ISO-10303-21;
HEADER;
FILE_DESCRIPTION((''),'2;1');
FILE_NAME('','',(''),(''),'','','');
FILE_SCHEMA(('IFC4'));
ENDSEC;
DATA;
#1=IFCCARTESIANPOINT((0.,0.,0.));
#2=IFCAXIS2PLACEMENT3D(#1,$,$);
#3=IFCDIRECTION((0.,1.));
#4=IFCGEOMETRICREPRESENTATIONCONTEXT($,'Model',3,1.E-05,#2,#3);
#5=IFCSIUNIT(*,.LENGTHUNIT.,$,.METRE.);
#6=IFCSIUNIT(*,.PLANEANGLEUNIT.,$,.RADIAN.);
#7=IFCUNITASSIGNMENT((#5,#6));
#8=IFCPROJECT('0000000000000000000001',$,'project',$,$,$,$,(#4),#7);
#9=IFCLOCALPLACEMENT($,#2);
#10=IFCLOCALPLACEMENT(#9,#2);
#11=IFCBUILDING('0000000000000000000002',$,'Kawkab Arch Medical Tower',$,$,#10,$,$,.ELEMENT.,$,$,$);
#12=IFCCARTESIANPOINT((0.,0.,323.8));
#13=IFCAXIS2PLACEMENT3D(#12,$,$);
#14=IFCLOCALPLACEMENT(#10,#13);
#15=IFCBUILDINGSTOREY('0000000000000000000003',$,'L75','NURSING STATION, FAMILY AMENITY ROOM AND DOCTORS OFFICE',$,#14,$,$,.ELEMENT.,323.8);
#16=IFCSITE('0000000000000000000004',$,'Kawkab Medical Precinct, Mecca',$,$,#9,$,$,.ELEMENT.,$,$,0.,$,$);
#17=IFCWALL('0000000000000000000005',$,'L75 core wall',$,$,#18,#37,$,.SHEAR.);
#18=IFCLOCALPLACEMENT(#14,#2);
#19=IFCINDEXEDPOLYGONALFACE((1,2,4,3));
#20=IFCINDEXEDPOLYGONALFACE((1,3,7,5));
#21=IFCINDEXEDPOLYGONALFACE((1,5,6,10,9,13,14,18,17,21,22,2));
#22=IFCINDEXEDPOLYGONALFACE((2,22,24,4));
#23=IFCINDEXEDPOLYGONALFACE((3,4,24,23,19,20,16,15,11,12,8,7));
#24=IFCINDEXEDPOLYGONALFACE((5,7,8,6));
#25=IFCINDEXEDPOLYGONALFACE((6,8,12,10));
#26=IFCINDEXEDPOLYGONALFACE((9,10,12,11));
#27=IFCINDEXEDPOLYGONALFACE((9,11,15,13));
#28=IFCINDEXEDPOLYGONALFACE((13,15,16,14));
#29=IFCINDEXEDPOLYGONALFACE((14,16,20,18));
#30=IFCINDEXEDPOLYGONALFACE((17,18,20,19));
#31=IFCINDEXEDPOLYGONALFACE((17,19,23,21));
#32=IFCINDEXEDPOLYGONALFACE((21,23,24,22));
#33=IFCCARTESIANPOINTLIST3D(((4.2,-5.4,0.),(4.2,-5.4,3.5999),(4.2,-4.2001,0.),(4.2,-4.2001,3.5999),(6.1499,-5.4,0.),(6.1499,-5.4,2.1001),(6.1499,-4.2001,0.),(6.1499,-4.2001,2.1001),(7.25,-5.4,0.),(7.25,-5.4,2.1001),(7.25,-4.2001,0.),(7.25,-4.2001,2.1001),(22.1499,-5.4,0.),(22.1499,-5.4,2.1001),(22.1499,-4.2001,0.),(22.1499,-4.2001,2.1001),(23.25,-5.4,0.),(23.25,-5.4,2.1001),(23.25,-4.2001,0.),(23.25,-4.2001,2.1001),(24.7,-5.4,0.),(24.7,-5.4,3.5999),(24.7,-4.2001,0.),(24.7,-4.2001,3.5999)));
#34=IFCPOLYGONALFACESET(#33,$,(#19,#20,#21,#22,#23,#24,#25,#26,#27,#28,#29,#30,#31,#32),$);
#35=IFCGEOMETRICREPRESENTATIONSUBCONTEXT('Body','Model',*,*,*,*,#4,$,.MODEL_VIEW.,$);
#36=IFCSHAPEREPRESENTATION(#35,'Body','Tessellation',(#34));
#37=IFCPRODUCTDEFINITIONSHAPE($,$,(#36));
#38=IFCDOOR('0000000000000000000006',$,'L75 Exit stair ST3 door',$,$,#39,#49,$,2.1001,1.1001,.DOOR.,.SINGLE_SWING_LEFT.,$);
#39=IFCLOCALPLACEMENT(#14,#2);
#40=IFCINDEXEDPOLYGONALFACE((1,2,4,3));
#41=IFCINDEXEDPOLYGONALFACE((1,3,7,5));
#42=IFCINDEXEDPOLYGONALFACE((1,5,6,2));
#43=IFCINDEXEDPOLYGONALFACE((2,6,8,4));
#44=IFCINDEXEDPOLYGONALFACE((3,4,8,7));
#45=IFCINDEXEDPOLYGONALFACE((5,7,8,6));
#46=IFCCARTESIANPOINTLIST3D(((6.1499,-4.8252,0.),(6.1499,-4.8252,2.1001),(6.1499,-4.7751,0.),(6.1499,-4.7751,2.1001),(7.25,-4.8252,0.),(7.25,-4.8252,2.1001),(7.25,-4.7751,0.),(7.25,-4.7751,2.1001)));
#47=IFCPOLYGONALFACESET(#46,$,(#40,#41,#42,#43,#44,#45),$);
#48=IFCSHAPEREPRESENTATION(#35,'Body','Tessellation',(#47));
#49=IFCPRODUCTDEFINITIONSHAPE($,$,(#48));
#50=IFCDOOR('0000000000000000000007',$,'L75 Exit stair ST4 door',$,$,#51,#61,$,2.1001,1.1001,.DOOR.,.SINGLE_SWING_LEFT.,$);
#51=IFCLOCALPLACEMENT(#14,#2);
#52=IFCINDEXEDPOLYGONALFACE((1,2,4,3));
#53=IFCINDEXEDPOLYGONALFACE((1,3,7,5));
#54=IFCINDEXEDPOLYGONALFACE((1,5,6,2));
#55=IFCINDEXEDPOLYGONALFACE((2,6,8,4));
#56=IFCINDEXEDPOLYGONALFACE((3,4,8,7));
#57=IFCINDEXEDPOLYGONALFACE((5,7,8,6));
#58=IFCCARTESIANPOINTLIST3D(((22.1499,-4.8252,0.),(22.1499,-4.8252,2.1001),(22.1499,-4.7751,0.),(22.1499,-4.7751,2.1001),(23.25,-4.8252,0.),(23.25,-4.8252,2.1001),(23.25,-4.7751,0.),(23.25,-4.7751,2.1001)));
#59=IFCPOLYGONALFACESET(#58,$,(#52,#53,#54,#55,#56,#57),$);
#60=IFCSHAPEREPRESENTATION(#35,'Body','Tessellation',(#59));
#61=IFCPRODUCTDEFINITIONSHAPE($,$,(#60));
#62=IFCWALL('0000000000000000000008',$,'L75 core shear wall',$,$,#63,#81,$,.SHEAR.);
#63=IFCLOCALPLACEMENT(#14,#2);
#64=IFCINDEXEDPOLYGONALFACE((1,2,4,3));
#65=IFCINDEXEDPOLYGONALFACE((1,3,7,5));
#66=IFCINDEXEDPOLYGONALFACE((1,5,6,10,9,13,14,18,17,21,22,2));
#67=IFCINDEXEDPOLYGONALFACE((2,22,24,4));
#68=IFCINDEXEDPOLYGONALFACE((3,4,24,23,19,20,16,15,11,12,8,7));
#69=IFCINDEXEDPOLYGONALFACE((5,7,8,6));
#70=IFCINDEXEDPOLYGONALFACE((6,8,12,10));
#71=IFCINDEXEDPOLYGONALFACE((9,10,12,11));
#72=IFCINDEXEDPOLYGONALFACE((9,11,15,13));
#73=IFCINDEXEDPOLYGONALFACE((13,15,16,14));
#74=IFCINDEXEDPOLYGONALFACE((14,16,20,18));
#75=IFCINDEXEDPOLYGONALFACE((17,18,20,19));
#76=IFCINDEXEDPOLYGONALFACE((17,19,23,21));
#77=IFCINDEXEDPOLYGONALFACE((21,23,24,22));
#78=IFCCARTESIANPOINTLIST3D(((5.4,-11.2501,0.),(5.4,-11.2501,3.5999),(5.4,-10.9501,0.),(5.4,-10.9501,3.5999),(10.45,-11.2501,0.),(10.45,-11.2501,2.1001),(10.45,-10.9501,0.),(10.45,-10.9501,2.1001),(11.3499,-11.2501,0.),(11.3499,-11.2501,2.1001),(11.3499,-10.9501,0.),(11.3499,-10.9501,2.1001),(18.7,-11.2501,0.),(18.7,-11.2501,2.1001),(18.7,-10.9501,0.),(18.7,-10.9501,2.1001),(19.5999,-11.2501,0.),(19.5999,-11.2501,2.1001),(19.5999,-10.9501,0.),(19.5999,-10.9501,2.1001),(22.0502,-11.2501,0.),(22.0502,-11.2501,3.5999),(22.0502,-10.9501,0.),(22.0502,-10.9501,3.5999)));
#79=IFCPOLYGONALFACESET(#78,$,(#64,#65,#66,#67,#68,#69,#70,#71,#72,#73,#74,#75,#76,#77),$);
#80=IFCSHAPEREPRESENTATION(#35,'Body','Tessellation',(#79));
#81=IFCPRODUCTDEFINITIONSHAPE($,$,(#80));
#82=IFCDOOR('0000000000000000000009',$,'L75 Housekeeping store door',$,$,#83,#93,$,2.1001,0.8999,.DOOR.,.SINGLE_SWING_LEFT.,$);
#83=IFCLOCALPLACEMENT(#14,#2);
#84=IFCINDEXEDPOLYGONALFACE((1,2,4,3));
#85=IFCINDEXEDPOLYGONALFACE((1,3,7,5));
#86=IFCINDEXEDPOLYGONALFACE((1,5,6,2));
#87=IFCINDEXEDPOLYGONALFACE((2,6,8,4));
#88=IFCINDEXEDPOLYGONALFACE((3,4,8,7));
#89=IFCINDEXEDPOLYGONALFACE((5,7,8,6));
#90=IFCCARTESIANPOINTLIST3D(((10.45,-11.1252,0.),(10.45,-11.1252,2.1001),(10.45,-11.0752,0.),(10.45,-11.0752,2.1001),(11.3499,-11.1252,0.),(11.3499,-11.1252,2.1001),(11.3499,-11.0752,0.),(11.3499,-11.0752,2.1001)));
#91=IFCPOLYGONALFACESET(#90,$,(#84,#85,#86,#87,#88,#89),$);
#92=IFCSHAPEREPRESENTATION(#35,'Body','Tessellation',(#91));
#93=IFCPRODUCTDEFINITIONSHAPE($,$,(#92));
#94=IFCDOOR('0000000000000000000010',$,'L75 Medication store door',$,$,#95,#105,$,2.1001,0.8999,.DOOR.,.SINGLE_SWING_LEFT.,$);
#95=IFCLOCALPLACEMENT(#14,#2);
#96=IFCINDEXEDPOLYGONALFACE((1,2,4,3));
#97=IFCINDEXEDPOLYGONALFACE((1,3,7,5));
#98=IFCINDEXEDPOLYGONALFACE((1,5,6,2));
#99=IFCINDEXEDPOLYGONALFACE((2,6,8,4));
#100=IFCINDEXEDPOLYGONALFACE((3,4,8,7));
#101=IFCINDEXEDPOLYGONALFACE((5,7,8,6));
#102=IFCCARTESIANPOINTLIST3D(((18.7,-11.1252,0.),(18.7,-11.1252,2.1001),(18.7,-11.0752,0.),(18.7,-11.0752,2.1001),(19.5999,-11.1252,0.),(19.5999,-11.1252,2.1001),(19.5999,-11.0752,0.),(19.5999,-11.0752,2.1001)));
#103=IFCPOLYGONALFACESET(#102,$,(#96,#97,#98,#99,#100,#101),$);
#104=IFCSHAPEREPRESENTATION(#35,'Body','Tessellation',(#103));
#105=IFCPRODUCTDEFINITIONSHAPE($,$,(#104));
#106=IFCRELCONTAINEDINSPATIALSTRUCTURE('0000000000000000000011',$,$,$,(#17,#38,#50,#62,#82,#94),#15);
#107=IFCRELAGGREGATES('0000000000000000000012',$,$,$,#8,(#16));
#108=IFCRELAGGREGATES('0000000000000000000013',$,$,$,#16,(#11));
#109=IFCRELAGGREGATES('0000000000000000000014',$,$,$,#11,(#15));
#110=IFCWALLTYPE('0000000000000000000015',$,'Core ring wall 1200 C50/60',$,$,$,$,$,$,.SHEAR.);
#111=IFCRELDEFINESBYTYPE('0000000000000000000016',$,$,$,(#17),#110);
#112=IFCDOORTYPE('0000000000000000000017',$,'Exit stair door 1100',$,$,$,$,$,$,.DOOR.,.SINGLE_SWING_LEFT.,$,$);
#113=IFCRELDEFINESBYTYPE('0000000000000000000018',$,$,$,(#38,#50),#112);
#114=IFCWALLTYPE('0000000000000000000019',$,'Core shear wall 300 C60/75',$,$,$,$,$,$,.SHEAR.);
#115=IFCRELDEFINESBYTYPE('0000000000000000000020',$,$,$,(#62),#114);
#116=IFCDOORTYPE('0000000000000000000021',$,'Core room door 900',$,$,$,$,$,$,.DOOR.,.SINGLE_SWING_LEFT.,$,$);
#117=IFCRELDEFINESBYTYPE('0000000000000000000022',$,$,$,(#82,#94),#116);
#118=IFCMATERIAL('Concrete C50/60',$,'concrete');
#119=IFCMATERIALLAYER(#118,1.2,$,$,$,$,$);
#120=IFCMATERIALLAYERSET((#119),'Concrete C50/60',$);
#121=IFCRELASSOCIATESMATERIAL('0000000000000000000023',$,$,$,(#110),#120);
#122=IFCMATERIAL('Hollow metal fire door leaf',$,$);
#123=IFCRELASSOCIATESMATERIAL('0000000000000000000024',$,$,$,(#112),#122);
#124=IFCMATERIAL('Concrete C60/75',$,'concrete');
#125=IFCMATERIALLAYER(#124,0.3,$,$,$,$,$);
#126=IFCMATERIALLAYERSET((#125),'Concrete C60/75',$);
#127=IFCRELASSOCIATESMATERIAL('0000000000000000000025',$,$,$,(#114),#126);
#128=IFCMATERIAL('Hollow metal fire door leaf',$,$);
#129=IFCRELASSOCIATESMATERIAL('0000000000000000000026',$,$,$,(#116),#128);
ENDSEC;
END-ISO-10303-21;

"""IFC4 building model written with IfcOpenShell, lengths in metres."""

from ifc_helpers import new_model, si_unit, direction, frame, frame_2d, origin, place, context, subcontext, project, spatial, rectangle, extrude, material, layer, layer_set, type_object, element, fill, save


model = new_model("IFC4")

# Units and contexts
model_context = context("Model", 3, precision=1e-05, world=origin(), true_north=direction((0.0, 1.0)))
body_context = subcontext(model_context, "Body", "Model", "MODEL_VIEW")
ifc_project = project(units=[si_unit("LENGTHUNIT", "METRE"), si_unit("PLANEANGLEUNIT", "RADIAN")], contexts=[model_context])

# Site, building, storey
site_placement = place(None, origin())
site = spatial("IfcSite", under=ifc_project, at=site_placement, Name="Kawkab Medical Precinct, Mecca", CompositionType="ELEMENT", RefElevation=0.0)
building_placement = place(site_placement, origin())
building = spatial("IfcBuilding", under=site, at=building_placement, Name="Kawkab Arch Medical Tower", CompositionType="ELEMENT")
storey_placement = place(building_placement, frame((0.0, 0.0, 323.8)))
storey = spatial("IfcBuildingStorey", under=building, at=storey_placement, Name="L75", Description="NURSING STATION, FAMILY AMENITY ROOM AND DOCTORS OFFICE", CompositionType="ELEMENT", Elevation=323.8)

# Walls, openings, doors
ifc_material_1 = material(Name="Concrete C50/60", Category="concrete")
ifc_layer_1 = layer(ifc_material_1, 1.2)
ifc_layer_set_1 = layer_set([ifc_layer_1], Name="Concrete C50/60")
wall_type_1 = type_object("IfcWallType", Name="Core ring wall 1200 C50/60", PredefinedType="SHEAR", material=ifc_layer_set_1)
wall_1_placement = place(storey_placement, frame((4.2, -4.8, 0.0), z_axis=(0.0, 0.0, 1.0), x_axis=(1.0, 0.0, 0.0)))
wall_1 = element("IfcWall", 1, at=wall_1_placement, inside=storey, type_object=wall_type_1, Name="L75 core wall", PredefinedType="SHEAR", context=body_context, shape_type="SweptSolid", body=[
    extrude(rectangle(XDim=20.5, YDim=1.2, at=frame_2d((10.25, 0.0))), origin(), (0.0, 0.0, 1.0), 3.5999),
])
opening_1_placement = place(wall_1_placement, frame((1.95, 0.0, 0.0)))
opening_1 = element("IfcOpeningElement", 2, at=opening_1_placement, cuts=wall_1, PredefinedType="OPENING", context=body_context, shape_type="SweptSolid", body=[
    extrude(rectangle(XDim=1.1001, YDim=2.1001, at=frame_2d((0.55, 1.05))), frame((0.0, 0.6099, 0.0), z_axis=(0.0, -1.0, 0.0), x_axis=(1.0, 0.0, 0.0)), (0.0, 0.0, 1.0), 1.22),
])
opening_2_placement = place(wall_1_placement, frame((17.95, 0.0, 0.0)))
opening_2 = element("IfcOpeningElement", 3, at=opening_2_placement, cuts=wall_1, PredefinedType="OPENING", context=body_context, shape_type="SweptSolid", body=[
    extrude(rectangle(XDim=1.1001, YDim=2.1001, at=frame_2d((0.55, 1.05))), frame((0.0, 0.6099, 0.0), z_axis=(0.0, -1.0, 0.0), x_axis=(1.0, 0.0, 0.0)), (0.0, 0.0, 1.0), 1.22),
])
ifc_material_2 = material(Name="Hollow metal fire door leaf")
door_type_1 = type_object("IfcDoorType", Name="Exit stair door 1100", OperationType="SINGLE_SWING_LEFT", PredefinedType="DOOR", material=ifc_material_2)
door_1_placement = place(opening_1_placement, origin())
door_1 = element("IfcDoor", 4, at=door_1_placement, inside=storey, type_object=door_type_1, Name="L75 Exit stair ST3 door", OperationType="SINGLE_SWING_LEFT", OverallHeight=2.1001, OverallWidth=1.1001, PredefinedType="DOOR", context=body_context, shape_type="SweptSolid", body=[
    extrude(rectangle(XDim=1.1001, YDim=2.1001, at=frame_2d((0.55, 1.05))), frame((0.0, 0.0249, 0.0), z_axis=(0.0, -1.0, 0.0), x_axis=(1.0, 0.0, 0.0)), (0.0, 0.0, 1.0), 0.05),
])
fill(opening_1, door_1)
door_2_placement = place(opening_2_placement, origin())
door_2 = element("IfcDoor", 5, at=door_2_placement, inside=storey, type_object=door_type_1, Name="L75 Exit stair ST4 door", OperationType="SINGLE_SWING_LEFT", OverallHeight=2.1001, OverallWidth=1.1001, PredefinedType="DOOR", context=body_context, shape_type="SweptSolid", body=[
    extrude(rectangle(XDim=1.1001, YDim=2.1001, at=frame_2d((0.55, 1.05))), frame((0.0, 0.0249, 0.0), z_axis=(0.0, -1.0, 0.0), x_axis=(1.0, 0.0, 0.0)), (0.0, 0.0, 1.0), 0.05),
])
fill(opening_2, door_2)
ifc_material_3 = material(Name="Concrete C60/75", Category="concrete")
ifc_layer_2 = layer(ifc_material_3, 0.3)
ifc_layer_set_2 = layer_set([ifc_layer_2], Name="Concrete C60/75")
wall_type_2 = type_object("IfcWallType", Name="Core shear wall 300 C60/75", PredefinedType="SHEAR", material=ifc_layer_set_2)
wall_2_placement = place(storey_placement, frame((5.3999, -11.1001, 0.0), z_axis=(0.0, 0.0, 1.0), x_axis=(1.0, 0.0, 0.0)))
wall_2 = element("IfcWall", 6, at=wall_2_placement, inside=storey, type_object=wall_type_2, Name="L75 core shear wall", PredefinedType="SHEAR", context=body_context, shape_type="SweptSolid", body=[
    extrude(rectangle(XDim=16.6501, YDim=0.3, at=frame_2d((8.3252, 0.0))), origin(), (0.0, 0.0, 1.0), 3.5999),
])
opening_3_placement = place(wall_2_placement, frame((5.05, 0.0, 0.0)))
opening_3 = element("IfcOpeningElement", 7, at=opening_3_placement, cuts=wall_2, PredefinedType="OPENING", context=body_context, shape_type="SweptSolid", body=[
    extrude(rectangle(XDim=0.8999, YDim=2.1001, at=frame_2d((0.45, 1.05))), frame((0.0, 0.1599, 0.0), z_axis=(0.0, -1.0, 0.0), x_axis=(1.0, 0.0, 0.0)), (0.0, 0.0, 1.0), 0.3201),
])
opening_4_placement = place(wall_2_placement, frame((13.3, 0.0, 0.0)))
opening_4 = element("IfcOpeningElement", 8, at=opening_4_placement, cuts=wall_2, PredefinedType="OPENING", context=body_context, shape_type="SweptSolid", body=[
    extrude(rectangle(XDim=0.8999, YDim=2.1001, at=frame_2d((0.45, 1.05))), frame((0.0, 0.1599, 0.0), z_axis=(0.0, -1.0, 0.0), x_axis=(1.0, 0.0, 0.0)), (0.0, 0.0, 1.0), 0.3201),
])
ifc_material_4 = material(Name="Hollow metal fire door leaf")
door_type_2 = type_object("IfcDoorType", Name="Core room door 900", OperationType="SINGLE_SWING_LEFT", PredefinedType="DOOR", material=ifc_material_4)
door_3_placement = place(opening_3_placement, origin())
door_3 = element("IfcDoor", 9, at=door_3_placement, inside=storey, type_object=door_type_2, Name="L75 Housekeeping store door", OperationType="SINGLE_SWING_LEFT", OverallHeight=2.1001, OverallWidth=0.8999, PredefinedType="DOOR", context=body_context, shape_type="SweptSolid", body=[
    extrude(rectangle(XDim=0.8999, YDim=2.1001, at=frame_2d((0.45, 1.05))), frame((0.0, 0.0249, 0.0), z_axis=(0.0, -1.0, 0.0), x_axis=(1.0, 0.0, 0.0)), (0.0, 0.0, 1.0), 0.05),
])
fill(opening_3, door_3)
door_4_placement = place(opening_4_placement, origin())
door_4 = element("IfcDoor", 10, at=door_4_placement, inside=storey, type_object=door_type_2, Name="L75 Medication store door", OperationType="SINGLE_SWING_LEFT", OverallHeight=2.1001, OverallWidth=0.8999, PredefinedType="DOOR", context=body_context, shape_type="SweptSolid", body=[
    extrude(rectangle(XDim=0.8999, YDim=2.1001, at=frame_2d((0.45, 1.05))), frame((0.0, 0.0249, 0.0), z_axis=(0.0, -1.0, 0.0), x_axis=(1.0, 0.0, 0.0)), (0.0, 0.0, 1.0), 0.05),
])
fill(opening_4, door_4)

save(model, "model.ifc")
